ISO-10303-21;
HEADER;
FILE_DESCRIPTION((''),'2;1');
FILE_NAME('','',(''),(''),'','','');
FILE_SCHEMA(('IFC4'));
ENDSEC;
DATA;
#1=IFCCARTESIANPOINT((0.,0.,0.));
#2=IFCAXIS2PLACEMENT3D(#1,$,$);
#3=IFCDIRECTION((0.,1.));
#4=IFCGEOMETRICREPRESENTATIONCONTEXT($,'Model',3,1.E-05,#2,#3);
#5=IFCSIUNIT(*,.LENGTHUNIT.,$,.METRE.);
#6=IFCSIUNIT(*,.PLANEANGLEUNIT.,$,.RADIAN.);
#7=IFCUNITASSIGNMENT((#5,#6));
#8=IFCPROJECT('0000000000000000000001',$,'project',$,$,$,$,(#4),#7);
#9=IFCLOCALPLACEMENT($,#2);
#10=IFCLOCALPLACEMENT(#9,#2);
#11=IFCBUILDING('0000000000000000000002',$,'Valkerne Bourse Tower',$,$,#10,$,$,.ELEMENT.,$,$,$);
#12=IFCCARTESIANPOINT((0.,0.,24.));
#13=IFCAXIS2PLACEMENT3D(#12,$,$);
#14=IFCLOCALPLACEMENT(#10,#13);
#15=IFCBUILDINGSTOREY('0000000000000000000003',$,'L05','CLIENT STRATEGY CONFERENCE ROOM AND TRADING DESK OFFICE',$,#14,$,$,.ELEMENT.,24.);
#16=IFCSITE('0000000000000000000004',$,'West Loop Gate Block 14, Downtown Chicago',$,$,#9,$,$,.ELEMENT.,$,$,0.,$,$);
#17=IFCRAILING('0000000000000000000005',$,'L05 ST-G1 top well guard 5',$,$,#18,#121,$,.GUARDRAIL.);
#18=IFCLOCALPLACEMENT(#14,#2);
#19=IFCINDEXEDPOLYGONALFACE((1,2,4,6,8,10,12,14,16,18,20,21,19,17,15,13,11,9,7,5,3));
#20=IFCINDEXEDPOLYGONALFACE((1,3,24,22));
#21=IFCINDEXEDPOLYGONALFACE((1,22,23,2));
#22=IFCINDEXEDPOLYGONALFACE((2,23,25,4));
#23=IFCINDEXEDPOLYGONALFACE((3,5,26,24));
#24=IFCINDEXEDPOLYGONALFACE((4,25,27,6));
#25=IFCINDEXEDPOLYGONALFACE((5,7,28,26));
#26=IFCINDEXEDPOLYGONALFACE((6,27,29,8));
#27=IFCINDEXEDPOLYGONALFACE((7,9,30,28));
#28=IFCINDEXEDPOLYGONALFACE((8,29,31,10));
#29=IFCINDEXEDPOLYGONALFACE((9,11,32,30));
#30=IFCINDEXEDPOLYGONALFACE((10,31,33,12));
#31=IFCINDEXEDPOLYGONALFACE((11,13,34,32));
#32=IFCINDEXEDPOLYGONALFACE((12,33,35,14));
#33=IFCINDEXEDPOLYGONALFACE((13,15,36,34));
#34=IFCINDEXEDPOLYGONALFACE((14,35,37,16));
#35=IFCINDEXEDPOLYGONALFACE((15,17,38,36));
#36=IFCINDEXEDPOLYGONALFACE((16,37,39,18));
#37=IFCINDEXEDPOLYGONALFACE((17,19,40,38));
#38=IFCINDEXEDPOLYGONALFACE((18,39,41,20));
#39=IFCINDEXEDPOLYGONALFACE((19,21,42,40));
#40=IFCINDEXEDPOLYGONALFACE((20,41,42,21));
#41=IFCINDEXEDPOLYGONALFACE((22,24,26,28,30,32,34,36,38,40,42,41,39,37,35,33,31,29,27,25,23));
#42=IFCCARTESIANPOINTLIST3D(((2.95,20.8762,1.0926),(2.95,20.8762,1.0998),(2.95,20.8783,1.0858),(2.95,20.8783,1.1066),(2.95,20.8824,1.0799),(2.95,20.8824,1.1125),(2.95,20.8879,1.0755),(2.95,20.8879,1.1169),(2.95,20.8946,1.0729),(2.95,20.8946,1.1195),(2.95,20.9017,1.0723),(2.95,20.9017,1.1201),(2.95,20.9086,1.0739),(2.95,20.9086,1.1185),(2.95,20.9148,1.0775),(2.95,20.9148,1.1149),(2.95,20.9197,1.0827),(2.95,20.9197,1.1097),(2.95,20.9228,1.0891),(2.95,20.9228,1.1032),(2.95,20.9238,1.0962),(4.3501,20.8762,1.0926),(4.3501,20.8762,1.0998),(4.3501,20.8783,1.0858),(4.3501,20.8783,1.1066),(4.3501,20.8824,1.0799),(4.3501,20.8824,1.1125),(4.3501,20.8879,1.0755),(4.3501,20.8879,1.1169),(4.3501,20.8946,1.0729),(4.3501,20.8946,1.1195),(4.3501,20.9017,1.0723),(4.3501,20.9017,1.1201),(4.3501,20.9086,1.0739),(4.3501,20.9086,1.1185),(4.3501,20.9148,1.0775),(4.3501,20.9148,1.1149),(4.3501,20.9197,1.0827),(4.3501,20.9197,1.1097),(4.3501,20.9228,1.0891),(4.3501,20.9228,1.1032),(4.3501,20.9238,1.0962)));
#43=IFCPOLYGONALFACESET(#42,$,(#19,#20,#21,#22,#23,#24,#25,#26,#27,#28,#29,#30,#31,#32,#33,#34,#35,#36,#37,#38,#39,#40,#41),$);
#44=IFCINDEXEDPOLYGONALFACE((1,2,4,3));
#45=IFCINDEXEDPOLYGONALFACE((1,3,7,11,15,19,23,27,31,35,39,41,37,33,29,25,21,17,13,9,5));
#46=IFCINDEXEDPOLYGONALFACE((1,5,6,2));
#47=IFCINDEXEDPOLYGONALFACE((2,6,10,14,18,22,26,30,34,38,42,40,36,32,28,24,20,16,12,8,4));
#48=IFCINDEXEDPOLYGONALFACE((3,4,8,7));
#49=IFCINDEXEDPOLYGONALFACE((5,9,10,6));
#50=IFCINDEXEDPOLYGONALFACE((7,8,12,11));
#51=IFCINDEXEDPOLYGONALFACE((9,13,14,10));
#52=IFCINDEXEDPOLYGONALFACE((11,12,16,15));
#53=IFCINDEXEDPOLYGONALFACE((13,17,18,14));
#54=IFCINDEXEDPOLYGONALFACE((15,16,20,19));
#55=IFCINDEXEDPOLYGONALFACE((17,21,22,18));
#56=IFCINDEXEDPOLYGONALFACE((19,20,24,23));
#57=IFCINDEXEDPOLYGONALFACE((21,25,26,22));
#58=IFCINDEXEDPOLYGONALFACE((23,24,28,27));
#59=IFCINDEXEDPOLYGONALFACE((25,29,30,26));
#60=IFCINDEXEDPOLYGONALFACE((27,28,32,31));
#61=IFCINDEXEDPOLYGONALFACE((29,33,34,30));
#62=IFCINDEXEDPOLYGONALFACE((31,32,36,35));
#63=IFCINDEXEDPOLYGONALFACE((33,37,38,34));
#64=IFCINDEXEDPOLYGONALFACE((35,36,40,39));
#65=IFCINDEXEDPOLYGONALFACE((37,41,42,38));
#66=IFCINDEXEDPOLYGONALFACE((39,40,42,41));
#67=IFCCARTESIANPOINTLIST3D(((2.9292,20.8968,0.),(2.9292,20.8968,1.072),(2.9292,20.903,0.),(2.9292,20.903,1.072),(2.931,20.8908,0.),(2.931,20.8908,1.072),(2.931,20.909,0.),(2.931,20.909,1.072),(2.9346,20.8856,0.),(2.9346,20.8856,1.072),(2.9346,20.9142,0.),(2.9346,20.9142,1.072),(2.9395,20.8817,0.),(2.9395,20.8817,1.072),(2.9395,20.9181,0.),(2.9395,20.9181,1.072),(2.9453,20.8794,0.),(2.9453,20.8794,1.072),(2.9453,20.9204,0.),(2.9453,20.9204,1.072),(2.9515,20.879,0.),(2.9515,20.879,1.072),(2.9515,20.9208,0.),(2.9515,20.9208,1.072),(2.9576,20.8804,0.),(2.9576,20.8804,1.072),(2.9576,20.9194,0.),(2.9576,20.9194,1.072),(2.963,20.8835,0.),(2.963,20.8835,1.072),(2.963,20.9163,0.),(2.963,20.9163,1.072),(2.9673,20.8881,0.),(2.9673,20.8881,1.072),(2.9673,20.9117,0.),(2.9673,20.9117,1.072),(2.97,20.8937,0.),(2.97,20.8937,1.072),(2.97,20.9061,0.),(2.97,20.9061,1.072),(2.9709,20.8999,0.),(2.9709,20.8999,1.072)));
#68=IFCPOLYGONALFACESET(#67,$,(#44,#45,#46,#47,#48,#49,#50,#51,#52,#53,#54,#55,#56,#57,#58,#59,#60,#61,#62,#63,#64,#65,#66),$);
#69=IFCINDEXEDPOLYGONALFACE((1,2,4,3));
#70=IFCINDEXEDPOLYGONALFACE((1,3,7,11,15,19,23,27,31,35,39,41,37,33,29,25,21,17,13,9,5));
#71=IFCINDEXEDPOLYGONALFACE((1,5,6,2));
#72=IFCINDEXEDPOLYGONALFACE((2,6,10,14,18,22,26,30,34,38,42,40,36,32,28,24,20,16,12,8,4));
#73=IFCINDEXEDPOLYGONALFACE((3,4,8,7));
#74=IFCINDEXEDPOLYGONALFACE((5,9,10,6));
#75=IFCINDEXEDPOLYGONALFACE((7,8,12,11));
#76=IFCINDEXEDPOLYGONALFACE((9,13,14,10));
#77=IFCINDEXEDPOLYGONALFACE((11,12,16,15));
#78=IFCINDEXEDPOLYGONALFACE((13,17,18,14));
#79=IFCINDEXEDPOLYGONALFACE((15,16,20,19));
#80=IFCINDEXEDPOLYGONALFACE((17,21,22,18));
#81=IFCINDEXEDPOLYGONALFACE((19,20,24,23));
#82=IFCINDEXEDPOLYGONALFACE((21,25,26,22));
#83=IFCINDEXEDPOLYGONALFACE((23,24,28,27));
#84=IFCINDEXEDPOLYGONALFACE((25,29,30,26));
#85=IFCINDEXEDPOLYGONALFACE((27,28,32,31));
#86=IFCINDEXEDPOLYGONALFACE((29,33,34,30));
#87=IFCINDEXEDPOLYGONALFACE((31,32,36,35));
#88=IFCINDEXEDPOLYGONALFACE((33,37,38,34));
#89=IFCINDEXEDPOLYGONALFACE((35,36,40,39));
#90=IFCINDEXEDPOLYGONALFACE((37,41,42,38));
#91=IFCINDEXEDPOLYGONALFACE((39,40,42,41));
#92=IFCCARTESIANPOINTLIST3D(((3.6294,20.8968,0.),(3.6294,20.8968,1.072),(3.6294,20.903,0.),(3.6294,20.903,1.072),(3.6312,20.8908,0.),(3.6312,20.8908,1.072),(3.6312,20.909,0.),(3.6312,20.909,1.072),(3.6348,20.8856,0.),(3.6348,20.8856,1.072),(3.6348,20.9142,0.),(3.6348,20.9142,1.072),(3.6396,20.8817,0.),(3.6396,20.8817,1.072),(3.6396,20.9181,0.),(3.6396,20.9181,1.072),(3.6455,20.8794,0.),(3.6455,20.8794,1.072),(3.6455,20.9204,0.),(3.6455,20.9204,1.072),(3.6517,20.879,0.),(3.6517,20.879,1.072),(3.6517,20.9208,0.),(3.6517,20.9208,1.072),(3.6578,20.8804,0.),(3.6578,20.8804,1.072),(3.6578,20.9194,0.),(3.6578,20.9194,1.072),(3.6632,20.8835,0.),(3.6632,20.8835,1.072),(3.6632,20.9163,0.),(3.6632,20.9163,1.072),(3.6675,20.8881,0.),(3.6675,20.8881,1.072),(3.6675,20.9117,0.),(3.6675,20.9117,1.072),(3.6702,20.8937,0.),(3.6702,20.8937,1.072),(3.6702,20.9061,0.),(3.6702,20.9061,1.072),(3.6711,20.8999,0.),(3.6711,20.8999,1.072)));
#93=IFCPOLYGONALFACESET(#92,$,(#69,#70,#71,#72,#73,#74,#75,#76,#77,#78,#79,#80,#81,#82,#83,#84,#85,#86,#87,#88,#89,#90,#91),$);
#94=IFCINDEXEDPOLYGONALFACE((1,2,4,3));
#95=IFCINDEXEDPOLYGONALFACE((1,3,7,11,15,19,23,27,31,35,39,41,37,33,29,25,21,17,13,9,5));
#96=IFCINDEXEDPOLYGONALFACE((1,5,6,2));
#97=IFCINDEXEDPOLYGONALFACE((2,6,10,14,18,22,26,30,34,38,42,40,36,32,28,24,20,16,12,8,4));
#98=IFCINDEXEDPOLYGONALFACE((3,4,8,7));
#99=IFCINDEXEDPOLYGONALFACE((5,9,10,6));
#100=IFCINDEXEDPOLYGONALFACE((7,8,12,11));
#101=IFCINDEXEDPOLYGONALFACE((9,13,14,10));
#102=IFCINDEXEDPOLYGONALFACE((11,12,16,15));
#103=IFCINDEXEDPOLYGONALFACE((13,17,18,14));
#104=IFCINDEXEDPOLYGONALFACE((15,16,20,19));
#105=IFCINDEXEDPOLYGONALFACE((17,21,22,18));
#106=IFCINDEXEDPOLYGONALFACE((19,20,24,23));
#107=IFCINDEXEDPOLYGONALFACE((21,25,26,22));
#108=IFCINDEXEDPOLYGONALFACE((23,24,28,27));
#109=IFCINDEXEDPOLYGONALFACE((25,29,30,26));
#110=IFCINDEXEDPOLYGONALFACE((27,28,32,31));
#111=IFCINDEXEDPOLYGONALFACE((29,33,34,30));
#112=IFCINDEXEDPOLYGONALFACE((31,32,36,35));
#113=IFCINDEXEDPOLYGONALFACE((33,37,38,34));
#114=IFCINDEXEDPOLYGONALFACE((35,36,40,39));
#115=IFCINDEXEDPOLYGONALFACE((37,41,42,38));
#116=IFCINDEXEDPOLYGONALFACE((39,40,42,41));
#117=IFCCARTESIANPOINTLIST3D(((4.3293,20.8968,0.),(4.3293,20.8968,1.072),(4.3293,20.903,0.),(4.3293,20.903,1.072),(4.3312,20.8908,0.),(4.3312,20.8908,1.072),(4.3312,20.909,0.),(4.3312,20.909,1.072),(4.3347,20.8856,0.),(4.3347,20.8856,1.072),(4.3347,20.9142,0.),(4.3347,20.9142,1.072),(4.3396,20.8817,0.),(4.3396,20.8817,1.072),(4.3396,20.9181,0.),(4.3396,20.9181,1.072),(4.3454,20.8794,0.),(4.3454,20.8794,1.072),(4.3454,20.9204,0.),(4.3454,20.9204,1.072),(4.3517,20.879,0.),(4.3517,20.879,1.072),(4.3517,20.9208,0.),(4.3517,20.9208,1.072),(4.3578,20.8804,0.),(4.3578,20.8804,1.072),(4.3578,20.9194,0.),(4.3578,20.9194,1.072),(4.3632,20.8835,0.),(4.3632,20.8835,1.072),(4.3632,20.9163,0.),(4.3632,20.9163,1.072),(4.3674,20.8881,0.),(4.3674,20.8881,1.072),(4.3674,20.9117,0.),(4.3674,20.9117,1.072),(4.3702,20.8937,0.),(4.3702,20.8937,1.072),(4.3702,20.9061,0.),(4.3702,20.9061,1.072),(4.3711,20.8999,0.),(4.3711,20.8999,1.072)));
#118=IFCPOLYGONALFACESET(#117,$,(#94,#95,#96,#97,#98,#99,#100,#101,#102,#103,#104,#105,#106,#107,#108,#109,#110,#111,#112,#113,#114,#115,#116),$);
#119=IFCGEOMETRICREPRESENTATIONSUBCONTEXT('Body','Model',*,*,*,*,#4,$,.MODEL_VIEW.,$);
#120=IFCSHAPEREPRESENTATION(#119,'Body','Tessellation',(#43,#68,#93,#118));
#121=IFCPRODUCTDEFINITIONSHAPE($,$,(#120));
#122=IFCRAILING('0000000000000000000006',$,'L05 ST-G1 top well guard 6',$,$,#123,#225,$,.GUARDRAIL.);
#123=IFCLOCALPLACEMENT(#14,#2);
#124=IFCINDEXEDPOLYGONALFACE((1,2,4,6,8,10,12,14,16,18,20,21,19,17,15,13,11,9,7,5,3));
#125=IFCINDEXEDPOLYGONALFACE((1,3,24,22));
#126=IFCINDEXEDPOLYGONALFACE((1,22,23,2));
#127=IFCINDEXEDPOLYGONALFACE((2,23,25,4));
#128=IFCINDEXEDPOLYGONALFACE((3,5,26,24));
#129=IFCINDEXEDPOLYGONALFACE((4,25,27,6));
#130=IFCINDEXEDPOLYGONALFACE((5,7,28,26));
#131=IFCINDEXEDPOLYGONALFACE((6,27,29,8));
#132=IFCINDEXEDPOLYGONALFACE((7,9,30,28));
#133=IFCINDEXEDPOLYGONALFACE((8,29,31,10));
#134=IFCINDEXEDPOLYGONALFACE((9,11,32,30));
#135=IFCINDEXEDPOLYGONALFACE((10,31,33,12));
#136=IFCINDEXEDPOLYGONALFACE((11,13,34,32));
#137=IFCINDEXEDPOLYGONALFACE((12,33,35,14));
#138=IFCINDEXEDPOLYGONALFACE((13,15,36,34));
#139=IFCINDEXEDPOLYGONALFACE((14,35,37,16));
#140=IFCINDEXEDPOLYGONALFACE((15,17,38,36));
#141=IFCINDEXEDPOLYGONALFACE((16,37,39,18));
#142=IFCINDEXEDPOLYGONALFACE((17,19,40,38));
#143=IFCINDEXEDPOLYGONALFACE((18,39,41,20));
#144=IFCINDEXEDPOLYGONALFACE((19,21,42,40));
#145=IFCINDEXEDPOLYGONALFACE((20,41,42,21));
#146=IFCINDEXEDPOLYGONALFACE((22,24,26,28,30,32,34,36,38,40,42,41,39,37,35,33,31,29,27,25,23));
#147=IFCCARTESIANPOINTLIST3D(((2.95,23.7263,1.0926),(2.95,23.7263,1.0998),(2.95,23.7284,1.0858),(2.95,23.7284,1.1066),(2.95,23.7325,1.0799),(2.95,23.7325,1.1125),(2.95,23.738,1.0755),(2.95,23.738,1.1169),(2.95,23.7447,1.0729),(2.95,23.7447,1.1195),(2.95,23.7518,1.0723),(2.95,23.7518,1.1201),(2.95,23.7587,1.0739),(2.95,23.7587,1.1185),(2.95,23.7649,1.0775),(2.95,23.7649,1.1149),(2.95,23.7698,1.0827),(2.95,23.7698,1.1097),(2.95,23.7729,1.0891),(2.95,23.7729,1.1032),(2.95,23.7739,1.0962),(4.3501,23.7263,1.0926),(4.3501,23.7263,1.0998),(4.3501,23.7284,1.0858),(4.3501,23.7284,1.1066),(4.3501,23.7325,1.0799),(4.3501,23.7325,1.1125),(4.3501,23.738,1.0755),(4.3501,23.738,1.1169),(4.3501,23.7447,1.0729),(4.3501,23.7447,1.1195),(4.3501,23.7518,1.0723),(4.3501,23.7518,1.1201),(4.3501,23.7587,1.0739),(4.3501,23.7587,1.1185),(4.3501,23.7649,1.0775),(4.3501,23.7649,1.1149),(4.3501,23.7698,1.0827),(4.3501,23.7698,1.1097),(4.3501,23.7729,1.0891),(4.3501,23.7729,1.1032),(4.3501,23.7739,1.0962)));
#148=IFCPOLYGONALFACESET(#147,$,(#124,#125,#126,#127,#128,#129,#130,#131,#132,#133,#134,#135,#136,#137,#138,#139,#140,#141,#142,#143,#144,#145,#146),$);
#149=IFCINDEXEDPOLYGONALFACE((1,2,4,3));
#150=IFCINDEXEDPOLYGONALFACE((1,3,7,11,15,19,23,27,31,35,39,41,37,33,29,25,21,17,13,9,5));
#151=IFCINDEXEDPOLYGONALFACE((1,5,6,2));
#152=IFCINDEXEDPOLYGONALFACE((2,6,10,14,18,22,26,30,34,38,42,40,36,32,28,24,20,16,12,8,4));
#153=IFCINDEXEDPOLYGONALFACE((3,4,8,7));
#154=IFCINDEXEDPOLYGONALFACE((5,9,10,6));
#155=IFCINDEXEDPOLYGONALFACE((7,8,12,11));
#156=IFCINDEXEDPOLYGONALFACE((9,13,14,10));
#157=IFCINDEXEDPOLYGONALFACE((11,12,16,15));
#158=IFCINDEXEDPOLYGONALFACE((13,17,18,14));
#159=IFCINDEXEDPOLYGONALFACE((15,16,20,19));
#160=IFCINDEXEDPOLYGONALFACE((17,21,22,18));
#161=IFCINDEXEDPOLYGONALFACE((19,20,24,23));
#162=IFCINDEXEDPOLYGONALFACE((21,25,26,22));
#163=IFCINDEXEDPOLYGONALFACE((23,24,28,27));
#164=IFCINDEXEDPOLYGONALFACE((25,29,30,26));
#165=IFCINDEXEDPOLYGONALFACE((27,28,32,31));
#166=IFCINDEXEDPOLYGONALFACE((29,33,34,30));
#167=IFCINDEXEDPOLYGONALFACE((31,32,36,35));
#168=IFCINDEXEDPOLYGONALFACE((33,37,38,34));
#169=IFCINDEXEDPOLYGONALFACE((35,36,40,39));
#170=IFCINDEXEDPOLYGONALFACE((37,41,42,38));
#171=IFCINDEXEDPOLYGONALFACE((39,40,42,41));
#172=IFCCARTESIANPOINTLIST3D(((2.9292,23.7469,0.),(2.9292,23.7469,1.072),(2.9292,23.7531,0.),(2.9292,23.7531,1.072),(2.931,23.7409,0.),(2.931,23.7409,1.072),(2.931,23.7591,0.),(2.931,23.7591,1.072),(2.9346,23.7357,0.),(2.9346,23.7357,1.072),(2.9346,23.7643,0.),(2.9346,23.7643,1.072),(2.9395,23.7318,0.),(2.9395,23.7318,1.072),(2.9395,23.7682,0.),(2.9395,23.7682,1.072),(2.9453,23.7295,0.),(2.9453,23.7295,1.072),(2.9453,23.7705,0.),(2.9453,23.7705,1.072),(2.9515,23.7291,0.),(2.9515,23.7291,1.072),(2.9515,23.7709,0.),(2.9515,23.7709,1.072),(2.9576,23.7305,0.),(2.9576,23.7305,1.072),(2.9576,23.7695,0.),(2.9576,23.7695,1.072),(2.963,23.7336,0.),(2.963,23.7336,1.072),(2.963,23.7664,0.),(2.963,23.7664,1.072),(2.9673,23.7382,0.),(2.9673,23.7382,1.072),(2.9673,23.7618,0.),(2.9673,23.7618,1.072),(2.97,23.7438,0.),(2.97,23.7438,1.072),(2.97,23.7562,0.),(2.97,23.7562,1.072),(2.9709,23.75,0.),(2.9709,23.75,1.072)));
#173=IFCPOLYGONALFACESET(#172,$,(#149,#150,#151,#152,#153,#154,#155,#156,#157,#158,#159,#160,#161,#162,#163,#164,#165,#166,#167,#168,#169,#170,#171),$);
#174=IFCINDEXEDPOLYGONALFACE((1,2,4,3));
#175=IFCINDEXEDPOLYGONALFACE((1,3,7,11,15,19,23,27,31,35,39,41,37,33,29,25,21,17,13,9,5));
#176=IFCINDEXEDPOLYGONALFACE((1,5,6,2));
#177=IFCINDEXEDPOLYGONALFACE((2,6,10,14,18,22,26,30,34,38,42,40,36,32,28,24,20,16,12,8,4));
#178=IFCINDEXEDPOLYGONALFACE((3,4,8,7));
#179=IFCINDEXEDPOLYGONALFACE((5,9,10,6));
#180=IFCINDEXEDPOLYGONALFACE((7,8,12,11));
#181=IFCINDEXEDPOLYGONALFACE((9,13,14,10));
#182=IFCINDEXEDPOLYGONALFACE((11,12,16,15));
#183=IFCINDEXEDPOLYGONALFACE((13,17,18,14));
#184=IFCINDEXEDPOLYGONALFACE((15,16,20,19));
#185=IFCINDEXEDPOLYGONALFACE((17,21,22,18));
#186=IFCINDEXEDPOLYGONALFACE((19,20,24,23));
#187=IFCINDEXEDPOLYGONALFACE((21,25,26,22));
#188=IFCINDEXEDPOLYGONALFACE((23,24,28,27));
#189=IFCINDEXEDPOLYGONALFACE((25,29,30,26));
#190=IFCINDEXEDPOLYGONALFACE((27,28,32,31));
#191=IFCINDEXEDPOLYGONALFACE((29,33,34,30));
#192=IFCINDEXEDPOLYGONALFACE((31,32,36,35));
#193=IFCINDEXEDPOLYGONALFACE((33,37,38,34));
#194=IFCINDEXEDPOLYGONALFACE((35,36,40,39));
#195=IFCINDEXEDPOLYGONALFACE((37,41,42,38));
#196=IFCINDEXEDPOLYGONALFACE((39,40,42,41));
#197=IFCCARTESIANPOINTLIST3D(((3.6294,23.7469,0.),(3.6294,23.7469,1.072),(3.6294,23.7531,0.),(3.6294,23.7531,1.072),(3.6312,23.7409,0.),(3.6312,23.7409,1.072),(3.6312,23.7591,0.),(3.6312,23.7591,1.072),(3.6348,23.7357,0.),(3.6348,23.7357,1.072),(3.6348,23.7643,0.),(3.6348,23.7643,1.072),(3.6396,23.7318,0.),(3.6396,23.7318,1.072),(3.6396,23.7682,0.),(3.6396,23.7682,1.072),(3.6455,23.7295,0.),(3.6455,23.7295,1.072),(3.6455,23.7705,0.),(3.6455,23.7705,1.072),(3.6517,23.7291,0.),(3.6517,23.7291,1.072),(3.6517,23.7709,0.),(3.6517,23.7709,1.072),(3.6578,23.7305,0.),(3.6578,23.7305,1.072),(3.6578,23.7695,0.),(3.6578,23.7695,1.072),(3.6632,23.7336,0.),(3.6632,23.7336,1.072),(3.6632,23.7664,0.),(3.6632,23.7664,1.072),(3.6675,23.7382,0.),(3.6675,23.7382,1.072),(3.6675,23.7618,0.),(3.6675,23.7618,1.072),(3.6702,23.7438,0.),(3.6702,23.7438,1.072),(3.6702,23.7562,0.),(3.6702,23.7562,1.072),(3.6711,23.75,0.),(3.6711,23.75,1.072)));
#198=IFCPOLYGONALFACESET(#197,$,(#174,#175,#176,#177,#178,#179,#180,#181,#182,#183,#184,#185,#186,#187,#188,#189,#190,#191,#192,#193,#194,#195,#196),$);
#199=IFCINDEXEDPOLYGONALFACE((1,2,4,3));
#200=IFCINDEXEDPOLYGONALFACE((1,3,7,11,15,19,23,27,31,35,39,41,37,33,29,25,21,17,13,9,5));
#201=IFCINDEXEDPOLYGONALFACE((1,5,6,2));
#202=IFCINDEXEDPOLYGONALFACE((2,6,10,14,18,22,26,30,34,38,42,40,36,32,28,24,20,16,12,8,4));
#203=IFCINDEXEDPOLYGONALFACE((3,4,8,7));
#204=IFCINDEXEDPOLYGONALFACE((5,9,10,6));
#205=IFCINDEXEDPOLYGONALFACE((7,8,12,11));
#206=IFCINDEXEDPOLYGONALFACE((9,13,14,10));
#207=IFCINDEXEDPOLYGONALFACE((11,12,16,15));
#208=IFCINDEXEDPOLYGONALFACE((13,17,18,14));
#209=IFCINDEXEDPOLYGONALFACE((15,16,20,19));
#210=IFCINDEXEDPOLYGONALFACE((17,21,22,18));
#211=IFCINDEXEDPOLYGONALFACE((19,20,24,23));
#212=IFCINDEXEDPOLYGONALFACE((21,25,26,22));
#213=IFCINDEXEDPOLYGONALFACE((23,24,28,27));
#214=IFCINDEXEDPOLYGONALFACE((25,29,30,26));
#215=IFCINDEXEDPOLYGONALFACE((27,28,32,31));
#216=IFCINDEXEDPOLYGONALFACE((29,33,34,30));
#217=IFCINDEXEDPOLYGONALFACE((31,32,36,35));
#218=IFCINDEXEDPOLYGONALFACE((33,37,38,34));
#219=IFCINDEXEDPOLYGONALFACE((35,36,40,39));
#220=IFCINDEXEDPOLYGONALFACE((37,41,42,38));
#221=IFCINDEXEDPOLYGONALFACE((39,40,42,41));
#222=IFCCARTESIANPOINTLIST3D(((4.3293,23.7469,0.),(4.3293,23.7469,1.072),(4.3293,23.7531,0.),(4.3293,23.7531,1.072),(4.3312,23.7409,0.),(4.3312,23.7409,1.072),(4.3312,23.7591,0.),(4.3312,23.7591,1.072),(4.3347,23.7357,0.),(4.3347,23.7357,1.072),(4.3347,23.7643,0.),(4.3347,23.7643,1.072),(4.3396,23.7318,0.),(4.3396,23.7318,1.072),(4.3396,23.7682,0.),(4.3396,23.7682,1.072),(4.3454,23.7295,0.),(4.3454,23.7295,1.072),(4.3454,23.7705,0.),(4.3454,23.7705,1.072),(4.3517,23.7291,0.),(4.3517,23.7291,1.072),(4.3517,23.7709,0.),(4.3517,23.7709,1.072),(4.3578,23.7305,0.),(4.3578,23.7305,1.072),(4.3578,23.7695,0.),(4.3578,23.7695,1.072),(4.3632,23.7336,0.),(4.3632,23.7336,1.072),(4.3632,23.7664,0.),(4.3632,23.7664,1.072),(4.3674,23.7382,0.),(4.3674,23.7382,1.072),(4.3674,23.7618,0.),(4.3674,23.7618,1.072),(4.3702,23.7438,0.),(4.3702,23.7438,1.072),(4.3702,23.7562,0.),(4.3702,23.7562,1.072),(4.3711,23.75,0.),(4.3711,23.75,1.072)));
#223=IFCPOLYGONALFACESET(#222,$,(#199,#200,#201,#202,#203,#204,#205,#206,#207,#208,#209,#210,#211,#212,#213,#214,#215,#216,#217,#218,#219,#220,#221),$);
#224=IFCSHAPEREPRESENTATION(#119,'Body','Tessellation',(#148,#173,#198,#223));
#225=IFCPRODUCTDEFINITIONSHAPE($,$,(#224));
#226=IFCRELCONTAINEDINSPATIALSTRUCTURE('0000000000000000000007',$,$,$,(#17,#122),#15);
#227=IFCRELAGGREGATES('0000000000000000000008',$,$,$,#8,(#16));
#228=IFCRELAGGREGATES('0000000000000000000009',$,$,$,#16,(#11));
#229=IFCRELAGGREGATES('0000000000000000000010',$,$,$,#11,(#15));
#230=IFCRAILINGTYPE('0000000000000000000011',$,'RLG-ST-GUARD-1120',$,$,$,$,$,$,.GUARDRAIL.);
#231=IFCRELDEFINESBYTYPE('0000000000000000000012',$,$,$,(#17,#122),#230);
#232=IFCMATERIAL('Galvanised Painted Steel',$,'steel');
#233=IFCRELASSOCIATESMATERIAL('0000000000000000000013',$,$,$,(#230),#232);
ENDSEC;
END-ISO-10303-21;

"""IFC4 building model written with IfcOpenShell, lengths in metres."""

from ifc_helpers import new_model, si_unit, direction, frame, origin, origin_2d, place, context, subcontext, project, spatial, circle, extrude, material, type_object, element, save


model = new_model("IFC4")

# Units and contexts
model_context = context("Model", 3, precision=1e-05, world=origin(), true_north=direction((0.0, 1.0)))
body_context = subcontext(model_context, "Body", "Model", "MODEL_VIEW")
ifc_project = project(units=[si_unit("LENGTHUNIT", "METRE"), si_unit("PLANEANGLEUNIT", "RADIAN")], contexts=[model_context])

# Site, building, storey
site_placement = place(None, origin())
site = spatial("IfcSite", under=ifc_project, at=site_placement, Name="West Loop Gate Block 14, Downtown Chicago", CompositionType="ELEMENT", RefElevation=0.0)
building_placement = place(site_placement, origin())
building = spatial("IfcBuilding", under=site, at=building_placement, Name="Valkerne Bourse Tower", CompositionType="ELEMENT")
storey_placement = place(building_placement, frame((0.0, 0.0, 24.0)))
storey = spatial("IfcBuildingStorey", under=building, at=storey_placement, Name="L05", Description="CLIENT STRATEGY CONFERENCE ROOM AND TRADING DESK OFFICE", CompositionType="ELEMENT", Elevation=24.0)

# Railings
ifc_material_1 = material(Name="Galvanised Painted Steel", Category="steel")
railing_type = type_object("IfcRailingType", Name="RLG-ST-GUARD-1120", PredefinedType="GUARDRAIL", material=ifc_material_1)
for number, where, name in (
    (1, (2.95, 20.8999, 0.0), "L05 ST-G1 top well guard 5"),
    (2, (2.95, 23.75, 0.0), "L05 ST-G1 top well guard 6"),
):
    element("IfcRailing", number, at=place(storey_placement, frame(where)), inside=storey, type_object=railing_type, Name=name, PredefinedType="GUARDRAIL", context=body_context, shape_type="SweptSolid", body=[
        extrude(circle(Radius=0.0239, at=origin_2d()), frame((0.0, 0.0, 1.0962), z_axis=(1.0, 0.0, 0.0), x_axis=(0.0, 1.0, 0.0)), (0.0, 0.0, 1.0), 1.4001),
        extrude(circle(Radius=0.021, at=origin_2d()), origin(), (0.0, 0.0, 1.0), 1.072),
        extrude(circle(Radius=0.021, at=origin_2d()), frame((0.7002, 0.0, 0.0)), (0.0, 0.0, 1.0), 1.072),
        extrude(circle(Radius=0.021, at=origin_2d()), frame((1.4001, 0.0, 0.0)), (0.0, 0.0, 1.0), 1.072),
    ])

save(model, "model.ifc")
